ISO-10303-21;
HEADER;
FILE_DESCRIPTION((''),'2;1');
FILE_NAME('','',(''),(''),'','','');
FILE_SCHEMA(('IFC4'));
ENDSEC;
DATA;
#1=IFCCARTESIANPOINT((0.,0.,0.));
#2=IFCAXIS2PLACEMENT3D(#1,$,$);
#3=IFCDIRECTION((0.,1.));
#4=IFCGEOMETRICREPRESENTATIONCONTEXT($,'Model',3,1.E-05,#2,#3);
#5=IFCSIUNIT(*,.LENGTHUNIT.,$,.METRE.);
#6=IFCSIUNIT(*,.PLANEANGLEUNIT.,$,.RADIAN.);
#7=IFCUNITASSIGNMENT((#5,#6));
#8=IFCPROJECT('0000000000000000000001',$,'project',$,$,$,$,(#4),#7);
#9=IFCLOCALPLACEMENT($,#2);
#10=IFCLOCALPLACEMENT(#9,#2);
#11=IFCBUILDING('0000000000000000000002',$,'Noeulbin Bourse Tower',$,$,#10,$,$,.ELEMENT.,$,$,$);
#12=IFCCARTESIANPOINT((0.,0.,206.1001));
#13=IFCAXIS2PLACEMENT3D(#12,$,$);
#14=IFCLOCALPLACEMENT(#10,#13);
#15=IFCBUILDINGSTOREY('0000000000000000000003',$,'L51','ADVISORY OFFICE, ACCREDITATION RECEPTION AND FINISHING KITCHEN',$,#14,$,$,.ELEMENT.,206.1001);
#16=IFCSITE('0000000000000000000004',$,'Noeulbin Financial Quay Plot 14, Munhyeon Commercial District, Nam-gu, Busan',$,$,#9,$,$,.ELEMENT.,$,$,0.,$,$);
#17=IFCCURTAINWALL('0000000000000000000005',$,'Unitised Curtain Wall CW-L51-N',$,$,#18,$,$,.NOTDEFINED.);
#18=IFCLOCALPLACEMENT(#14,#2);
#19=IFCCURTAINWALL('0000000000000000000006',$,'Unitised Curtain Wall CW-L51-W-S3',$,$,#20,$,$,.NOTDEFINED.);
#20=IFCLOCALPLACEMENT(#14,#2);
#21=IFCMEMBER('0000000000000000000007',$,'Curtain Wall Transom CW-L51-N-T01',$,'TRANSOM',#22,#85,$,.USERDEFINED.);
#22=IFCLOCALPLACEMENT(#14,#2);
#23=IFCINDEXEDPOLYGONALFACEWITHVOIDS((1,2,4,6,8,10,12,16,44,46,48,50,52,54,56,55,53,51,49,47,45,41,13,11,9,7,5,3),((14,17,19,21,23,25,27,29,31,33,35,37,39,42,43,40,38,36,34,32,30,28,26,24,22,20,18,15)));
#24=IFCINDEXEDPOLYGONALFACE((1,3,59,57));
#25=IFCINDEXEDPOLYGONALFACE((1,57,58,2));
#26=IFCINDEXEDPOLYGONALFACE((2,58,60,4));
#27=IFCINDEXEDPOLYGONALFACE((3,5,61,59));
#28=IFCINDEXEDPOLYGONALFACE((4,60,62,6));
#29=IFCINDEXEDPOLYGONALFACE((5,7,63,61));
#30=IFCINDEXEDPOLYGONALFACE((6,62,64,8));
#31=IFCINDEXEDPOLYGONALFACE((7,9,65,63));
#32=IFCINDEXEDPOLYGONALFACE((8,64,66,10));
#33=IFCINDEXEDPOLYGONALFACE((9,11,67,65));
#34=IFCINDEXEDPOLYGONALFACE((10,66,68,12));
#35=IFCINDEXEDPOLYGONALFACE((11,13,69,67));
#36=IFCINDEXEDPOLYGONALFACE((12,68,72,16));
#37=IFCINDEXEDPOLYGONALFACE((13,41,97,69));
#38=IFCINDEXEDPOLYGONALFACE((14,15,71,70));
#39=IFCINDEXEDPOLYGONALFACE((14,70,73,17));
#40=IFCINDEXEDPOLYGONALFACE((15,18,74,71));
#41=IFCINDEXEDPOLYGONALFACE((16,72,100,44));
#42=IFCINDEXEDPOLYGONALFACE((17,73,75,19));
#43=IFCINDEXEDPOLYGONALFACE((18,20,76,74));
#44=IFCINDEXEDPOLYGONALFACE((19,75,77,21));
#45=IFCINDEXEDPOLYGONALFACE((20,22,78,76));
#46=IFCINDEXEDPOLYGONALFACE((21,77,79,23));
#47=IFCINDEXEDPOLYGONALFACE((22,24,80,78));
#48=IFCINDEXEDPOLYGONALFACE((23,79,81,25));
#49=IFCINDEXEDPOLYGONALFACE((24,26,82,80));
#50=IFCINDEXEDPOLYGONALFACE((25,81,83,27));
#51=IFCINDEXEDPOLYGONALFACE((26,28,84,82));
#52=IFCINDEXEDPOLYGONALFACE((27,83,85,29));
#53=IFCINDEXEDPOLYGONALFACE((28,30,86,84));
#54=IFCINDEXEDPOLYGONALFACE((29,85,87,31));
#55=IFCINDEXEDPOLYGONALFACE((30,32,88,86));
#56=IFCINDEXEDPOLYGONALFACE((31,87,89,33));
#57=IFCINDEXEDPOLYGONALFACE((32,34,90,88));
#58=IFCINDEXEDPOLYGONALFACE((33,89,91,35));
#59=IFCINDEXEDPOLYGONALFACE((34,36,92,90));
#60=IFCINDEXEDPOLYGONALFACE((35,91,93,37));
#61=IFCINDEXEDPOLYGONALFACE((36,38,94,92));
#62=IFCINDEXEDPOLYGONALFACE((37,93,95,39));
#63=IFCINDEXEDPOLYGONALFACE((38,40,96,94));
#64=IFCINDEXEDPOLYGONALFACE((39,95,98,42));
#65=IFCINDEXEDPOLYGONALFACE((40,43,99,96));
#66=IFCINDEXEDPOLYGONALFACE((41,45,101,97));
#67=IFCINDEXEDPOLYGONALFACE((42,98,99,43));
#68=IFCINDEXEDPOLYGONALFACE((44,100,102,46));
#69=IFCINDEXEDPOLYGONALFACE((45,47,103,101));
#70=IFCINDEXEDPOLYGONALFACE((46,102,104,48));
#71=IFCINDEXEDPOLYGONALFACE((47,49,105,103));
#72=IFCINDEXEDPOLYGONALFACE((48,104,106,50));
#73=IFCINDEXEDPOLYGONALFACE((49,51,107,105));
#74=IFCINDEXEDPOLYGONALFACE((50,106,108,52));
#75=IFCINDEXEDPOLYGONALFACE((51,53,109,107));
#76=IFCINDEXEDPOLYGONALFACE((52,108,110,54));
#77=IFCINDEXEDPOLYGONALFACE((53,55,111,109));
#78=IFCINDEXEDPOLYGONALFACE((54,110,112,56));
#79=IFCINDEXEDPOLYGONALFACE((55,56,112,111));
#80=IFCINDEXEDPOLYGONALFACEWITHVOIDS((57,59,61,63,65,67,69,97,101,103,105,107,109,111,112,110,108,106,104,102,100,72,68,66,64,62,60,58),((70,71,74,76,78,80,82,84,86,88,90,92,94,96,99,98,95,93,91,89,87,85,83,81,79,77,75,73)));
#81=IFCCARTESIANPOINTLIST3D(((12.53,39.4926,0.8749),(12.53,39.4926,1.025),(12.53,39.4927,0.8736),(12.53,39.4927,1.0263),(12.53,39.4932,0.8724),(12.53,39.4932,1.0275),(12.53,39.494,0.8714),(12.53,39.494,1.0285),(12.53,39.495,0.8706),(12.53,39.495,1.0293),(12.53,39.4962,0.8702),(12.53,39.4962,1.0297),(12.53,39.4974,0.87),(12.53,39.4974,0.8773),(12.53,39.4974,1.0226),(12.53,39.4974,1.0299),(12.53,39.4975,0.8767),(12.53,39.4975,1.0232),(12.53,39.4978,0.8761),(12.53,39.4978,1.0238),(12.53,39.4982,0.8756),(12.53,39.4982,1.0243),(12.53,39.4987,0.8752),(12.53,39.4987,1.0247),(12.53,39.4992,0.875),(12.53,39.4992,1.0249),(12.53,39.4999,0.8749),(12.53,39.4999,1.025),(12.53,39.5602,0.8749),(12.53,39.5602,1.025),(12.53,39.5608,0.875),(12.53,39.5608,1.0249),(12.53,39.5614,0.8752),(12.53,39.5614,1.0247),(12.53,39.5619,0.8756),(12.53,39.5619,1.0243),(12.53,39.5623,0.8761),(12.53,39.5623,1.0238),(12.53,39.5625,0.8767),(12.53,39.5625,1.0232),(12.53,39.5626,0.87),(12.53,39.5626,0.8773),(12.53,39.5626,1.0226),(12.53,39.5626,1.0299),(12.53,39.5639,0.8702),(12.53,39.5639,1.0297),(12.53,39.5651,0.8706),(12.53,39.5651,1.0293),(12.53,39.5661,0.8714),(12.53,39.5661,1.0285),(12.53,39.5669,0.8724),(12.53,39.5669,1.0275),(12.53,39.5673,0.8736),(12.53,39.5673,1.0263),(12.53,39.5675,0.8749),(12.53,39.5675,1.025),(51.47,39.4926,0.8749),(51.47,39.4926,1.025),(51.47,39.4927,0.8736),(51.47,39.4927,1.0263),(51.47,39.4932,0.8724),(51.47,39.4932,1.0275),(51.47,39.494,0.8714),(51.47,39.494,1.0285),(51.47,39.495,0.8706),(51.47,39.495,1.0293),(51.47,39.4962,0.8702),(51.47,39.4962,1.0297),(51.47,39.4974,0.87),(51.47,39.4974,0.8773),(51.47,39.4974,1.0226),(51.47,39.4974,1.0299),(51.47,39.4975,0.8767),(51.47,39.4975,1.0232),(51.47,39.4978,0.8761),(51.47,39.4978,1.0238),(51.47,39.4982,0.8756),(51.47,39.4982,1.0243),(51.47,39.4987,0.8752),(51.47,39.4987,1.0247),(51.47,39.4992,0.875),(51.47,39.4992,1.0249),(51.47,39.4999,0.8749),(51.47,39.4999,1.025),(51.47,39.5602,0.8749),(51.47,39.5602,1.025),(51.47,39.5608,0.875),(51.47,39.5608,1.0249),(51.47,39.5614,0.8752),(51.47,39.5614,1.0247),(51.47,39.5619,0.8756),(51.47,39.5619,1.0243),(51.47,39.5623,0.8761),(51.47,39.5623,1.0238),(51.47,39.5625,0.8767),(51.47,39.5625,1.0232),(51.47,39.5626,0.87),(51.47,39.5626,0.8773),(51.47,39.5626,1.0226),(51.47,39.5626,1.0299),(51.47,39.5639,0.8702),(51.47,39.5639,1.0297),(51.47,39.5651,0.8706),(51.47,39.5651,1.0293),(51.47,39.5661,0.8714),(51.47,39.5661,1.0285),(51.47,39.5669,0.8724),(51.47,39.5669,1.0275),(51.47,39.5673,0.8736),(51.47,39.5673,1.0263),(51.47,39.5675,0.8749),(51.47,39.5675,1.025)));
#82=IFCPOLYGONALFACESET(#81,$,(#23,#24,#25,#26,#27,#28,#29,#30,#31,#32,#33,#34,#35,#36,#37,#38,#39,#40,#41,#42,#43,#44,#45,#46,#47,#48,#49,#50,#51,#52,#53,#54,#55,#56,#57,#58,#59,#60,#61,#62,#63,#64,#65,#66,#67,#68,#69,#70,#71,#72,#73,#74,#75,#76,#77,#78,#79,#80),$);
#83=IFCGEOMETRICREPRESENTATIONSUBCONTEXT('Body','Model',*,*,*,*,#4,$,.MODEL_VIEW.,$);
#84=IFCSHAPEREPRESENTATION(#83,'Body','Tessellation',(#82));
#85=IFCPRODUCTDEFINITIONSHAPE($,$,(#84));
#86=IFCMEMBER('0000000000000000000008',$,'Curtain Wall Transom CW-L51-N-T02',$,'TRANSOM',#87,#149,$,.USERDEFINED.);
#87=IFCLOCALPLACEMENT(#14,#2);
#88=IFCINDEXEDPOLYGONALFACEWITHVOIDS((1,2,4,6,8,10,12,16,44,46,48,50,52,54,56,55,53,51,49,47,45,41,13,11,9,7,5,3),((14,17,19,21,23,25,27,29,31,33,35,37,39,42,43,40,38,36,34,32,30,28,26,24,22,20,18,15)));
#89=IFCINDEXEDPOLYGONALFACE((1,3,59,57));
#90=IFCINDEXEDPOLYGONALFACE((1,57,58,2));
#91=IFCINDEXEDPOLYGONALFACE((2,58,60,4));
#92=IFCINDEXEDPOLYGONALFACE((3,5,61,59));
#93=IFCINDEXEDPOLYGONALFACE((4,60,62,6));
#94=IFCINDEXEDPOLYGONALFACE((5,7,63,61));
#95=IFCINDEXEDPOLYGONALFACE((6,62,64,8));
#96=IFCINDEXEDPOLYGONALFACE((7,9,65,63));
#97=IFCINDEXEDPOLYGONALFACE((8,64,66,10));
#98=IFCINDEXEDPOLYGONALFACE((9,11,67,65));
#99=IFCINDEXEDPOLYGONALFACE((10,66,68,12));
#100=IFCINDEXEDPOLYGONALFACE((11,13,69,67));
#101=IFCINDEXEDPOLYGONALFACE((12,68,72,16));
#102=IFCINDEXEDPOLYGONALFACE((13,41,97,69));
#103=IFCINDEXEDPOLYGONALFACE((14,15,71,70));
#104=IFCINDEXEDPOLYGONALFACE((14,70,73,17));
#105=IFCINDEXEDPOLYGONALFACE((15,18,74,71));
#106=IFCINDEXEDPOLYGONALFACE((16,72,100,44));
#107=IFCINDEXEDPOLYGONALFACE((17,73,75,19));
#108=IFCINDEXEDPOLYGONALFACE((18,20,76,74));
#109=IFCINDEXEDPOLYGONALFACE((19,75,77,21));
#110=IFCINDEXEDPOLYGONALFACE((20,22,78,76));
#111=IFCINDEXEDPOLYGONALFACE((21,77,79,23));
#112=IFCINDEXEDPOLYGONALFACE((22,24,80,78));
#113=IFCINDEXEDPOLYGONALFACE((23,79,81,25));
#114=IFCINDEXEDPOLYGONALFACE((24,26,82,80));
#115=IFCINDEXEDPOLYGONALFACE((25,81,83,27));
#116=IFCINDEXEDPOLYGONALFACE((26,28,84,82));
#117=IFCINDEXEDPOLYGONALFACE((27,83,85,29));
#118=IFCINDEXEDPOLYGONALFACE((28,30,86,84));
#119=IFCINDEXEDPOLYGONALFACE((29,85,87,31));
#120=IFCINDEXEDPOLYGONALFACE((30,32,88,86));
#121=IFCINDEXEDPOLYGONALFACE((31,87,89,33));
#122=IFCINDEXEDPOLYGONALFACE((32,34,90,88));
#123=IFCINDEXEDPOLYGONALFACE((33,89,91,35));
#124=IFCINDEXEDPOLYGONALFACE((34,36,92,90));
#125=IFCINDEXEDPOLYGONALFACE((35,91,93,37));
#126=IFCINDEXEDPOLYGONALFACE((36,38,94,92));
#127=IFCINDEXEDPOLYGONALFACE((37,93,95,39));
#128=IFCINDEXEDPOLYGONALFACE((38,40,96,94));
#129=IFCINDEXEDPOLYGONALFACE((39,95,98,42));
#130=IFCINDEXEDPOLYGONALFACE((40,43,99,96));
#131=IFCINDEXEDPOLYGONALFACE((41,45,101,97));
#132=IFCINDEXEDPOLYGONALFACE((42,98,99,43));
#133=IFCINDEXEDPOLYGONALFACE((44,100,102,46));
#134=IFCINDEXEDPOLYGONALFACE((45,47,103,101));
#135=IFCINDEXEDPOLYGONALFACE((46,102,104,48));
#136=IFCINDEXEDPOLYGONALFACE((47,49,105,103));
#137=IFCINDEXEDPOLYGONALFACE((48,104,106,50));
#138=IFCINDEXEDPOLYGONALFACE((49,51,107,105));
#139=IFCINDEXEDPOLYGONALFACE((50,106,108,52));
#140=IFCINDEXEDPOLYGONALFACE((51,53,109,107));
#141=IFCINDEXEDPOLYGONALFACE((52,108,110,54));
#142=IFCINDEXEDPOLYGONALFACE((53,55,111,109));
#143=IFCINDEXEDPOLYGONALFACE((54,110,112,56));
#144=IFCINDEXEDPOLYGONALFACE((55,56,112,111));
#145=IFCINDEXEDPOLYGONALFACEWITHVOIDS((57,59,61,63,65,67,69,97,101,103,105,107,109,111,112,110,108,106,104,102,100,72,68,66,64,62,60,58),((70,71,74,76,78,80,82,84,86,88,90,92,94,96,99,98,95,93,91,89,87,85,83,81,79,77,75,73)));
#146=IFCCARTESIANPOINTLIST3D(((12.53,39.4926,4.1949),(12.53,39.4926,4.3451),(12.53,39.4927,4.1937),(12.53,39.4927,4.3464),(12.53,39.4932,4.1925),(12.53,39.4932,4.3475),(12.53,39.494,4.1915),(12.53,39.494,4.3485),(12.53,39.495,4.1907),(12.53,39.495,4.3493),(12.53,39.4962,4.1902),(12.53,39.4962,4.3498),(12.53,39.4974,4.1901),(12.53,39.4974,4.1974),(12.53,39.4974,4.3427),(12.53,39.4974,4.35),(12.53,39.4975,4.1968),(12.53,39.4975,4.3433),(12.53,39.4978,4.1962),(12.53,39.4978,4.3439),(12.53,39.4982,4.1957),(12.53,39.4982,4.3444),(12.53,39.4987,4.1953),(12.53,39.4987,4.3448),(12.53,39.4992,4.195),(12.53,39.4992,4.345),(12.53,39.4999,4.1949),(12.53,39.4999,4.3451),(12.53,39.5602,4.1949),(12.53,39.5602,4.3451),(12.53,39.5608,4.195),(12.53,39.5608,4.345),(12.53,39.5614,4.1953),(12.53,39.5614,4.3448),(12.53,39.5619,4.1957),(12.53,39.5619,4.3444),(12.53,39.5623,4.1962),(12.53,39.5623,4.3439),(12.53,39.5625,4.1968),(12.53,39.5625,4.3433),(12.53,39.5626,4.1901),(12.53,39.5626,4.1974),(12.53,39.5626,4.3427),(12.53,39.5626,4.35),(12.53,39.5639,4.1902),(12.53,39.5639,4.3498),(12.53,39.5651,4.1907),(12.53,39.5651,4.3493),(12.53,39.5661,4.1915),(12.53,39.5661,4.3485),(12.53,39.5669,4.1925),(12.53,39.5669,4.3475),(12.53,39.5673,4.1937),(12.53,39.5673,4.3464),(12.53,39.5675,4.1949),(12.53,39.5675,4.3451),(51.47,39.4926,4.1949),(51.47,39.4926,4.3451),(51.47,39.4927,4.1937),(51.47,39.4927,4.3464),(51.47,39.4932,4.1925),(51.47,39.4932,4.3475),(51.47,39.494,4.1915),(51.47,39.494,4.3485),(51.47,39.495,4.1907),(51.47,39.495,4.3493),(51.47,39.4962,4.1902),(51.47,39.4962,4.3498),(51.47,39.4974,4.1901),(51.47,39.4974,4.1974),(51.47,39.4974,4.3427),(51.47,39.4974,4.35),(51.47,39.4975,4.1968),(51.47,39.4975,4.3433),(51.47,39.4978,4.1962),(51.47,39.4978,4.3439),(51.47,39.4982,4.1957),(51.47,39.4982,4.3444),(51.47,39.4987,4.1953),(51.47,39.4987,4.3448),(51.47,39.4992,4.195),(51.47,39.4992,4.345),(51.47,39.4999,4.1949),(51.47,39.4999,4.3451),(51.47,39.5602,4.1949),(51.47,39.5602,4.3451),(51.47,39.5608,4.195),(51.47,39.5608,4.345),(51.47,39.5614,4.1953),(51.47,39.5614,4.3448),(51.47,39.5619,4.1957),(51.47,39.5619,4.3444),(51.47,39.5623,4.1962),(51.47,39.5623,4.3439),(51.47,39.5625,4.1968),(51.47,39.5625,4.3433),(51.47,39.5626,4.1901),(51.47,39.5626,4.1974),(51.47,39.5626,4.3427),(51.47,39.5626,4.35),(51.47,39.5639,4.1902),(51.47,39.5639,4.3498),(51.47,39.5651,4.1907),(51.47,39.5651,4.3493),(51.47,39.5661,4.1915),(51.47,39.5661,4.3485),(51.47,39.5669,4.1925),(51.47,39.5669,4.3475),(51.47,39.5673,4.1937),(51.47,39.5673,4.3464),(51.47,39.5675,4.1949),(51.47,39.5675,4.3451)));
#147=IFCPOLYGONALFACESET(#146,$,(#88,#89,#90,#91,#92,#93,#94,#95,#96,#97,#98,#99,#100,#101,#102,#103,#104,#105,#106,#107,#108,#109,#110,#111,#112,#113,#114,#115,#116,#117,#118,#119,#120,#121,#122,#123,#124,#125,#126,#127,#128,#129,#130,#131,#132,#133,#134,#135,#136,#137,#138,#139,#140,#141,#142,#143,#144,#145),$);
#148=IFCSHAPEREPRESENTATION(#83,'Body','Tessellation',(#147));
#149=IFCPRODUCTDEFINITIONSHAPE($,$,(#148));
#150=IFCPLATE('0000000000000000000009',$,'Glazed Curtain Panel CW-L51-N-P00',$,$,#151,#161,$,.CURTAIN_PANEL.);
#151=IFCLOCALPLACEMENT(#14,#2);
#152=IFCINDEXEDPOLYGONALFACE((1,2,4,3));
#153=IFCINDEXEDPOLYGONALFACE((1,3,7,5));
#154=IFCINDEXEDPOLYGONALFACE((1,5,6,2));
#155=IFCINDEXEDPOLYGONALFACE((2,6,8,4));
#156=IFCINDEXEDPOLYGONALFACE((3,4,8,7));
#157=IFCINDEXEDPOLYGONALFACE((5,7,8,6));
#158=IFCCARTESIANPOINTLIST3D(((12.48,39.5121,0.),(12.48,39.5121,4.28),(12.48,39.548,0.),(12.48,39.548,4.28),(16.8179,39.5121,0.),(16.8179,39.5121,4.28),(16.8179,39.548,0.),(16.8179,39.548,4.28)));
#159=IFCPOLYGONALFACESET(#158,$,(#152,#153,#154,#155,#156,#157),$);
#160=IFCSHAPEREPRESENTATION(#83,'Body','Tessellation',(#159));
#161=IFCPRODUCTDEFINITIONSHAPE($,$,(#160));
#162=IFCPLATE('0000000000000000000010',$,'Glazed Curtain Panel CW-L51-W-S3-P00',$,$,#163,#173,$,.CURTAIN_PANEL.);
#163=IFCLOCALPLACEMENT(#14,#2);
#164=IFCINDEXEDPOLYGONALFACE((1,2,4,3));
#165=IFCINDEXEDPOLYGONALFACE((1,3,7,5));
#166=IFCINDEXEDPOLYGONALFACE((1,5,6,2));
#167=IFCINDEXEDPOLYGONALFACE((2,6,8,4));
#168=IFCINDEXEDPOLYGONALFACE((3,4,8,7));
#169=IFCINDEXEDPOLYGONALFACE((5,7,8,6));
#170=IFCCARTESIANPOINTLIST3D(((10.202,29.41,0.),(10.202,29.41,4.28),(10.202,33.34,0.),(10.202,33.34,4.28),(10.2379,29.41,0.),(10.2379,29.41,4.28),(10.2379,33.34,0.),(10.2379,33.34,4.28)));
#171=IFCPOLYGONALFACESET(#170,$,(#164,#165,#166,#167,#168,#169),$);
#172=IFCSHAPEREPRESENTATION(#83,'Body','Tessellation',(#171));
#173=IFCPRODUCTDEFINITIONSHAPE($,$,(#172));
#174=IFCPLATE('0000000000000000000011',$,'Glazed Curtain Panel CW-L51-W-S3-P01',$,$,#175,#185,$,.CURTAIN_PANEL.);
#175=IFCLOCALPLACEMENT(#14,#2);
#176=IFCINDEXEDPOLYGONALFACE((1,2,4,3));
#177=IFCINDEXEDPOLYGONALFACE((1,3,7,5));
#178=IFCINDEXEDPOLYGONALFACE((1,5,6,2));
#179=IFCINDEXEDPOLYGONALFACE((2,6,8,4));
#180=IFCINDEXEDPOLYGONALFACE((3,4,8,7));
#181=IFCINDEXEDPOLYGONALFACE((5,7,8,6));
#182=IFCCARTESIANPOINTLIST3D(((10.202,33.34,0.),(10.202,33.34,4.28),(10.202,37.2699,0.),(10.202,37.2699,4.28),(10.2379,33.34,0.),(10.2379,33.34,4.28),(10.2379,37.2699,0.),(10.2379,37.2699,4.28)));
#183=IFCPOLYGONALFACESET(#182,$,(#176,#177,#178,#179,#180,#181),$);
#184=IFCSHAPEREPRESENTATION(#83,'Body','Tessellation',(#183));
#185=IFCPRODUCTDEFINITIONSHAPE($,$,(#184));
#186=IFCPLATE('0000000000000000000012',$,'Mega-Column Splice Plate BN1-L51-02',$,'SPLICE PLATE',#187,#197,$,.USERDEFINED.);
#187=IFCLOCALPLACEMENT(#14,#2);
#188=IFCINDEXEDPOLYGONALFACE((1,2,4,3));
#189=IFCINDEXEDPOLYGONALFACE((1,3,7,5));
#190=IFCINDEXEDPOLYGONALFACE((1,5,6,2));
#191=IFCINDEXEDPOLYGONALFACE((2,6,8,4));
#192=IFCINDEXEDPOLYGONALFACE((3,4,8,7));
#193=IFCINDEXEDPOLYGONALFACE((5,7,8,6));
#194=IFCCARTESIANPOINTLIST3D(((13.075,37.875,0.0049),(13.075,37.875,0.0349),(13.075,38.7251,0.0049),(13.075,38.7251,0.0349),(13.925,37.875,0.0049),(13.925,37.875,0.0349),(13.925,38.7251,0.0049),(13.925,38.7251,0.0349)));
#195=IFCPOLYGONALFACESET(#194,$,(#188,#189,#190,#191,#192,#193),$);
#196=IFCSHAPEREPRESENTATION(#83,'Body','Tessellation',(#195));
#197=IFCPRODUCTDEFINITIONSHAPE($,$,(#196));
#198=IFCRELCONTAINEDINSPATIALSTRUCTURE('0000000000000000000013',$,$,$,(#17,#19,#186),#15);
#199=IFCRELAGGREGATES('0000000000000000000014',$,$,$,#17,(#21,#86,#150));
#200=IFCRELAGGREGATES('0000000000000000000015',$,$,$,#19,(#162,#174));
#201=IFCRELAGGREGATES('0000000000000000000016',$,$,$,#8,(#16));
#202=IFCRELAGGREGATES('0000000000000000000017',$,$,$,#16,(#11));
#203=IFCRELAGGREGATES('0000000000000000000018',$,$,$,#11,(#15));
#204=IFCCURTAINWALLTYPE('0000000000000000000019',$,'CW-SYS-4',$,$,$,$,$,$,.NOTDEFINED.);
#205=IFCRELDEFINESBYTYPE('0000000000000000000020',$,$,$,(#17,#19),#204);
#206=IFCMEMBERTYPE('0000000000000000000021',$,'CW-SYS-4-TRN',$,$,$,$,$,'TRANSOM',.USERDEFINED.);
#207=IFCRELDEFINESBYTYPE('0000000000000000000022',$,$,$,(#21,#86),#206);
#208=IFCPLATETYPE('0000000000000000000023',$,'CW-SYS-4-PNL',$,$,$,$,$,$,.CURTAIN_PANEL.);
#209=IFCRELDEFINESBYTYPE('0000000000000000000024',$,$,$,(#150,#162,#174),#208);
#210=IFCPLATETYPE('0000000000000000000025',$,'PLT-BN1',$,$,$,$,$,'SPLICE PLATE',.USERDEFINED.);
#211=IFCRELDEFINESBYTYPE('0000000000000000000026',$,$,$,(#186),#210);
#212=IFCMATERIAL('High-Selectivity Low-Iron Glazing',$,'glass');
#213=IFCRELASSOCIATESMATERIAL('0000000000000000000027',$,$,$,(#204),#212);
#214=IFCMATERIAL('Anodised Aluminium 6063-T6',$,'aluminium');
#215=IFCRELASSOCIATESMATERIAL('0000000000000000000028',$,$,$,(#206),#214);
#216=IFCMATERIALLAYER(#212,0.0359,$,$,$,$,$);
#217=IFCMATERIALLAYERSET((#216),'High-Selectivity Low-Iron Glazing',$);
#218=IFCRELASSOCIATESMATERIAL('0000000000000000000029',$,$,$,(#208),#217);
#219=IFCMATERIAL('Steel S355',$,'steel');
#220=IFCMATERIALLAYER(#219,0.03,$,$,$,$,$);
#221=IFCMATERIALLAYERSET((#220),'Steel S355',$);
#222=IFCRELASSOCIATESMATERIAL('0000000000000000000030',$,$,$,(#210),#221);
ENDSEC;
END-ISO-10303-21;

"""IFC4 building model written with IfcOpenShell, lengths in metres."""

from ifc_helpers import new_model, si_unit, direction, frame, origin, origin_2d, place, context, subcontext, project, spatial, rectangle, hollow_rectangle, extrude, material, layer, layer_set, material_profile, profile_set, type_object, element, aggregate, save


model = new_model("IFC4")

# Units and contexts
model_context = context("Model", 3, precision=1e-05, world=origin(), true_north=direction((0.0, 1.0)))
body_context = subcontext(model_context, "Body", "Model", "MODEL_VIEW")
ifc_project = project(units=[si_unit("LENGTHUNIT", "METRE"), si_unit("PLANEANGLEUNIT", "RADIAN")], contexts=[model_context])

# Site, building, storey
site_placement = place(None, origin())
site = spatial("IfcSite", under=ifc_project, at=site_placement, Name="Noeulbin Financial Quay Plot 14, Munhyeon Commercial District, Nam-gu, Busan", CompositionType="ELEMENT", RefElevation=0.0)
building_placement = place(site_placement, origin())
building = spatial("IfcBuilding", under=site, at=building_placement, Name="Noeulbin Bourse Tower", CompositionType="ELEMENT")
storey_placement = place(building_placement, frame((0.0, 0.0, 206.1001)))
storey = spatial("IfcBuildingStorey", under=building, at=storey_placement, Name="L51", Description="ADVISORY OFFICE, ACCREDITATION RECEPTION AND FINISHING KITCHEN", CompositionType="ELEMENT", Elevation=206.1001)

# Shared definitions
ifc_material_1 = material(Name="Steel S355", Category="steel")

# Curtain wall
ifc_material_2 = material(Name="High-Selectivity Low-Iron Glazing", Category="glass")
curtain_wall_type = type_object("IfcCurtainWallType", Name="CW-SYS-4", PredefinedType="NOTDEFINED", material=ifc_material_2)
curtain_wall_1_placement = place(storey_placement, origin())
curtain_wall_1 = element("IfcCurtainWall", 1, at=curtain_wall_1_placement, inside=storey, type_object=curtain_wall_type, Name="Unitised Curtain Wall CW-L51-N", PredefinedType="NOTDEFINED")
ifc_material_3 = material(Name="Anodised Aluminium 6063-T6", Category="aluminium")

# Curtain wall
curtain_wall_2_placement = place(storey_placement, origin())
curtain_wall_2 = element("IfcCurtainWall", 2, at=curtain_wall_2_placement, inside=storey, type_object=curtain_wall_type, Name="Unitised Curtain Wall CW-L51-W-S3", PredefinedType="NOTDEFINED")

# Members
ifc_material_profile_1 = material_profile(ifc_material_3, hollow_rectangle(XDim=0.075, YDim=0.1599, WallThickness=0.0049, InnerFilletRadius=0.0024, OuterFilletRadius=0.0049, at=origin_2d()), Name="ALU-TRAN-75x160x5", Category="LoadBearing")
ifc_profile_set_1 = profile_set([ifc_material_profile_1], Name="Anodised Aluminium 6063-T6")
member_type_1 = type_object("IfcMemberType", Name="CW-SYS-4-TRN", ElementType="TRANSOM", PredefinedType="USERDEFINED", material=ifc_profile_set_1)
member_1_placement = place(storey_placement, frame((12.53, 39.53, 0.95), z_axis=(1.0, 0.0, 0.0), x_axis=(0.0, 1.0, 0.0)))
member_1 = element("IfcMember", 3, at=member_1_placement, type_object=member_type_1, Name="Curtain Wall Transom CW-L51-N-T01", ObjectType="TRANSOM", PredefinedType="USERDEFINED", context=body_context, shape_type="SweptSolid", body=[
    extrude(hollow_rectangle(XDim=0.075, YDim=0.1599, WallThickness=0.0049, InnerFilletRadius=0.0024, OuterFilletRadius=0.0049, at=origin_2d()), origin(), (0.0, 0.0, 1.0), 38.9399),
])
member_2_placement = place(storey_placement, frame((12.53, 39.53, 4.27), z_axis=(1.0, 0.0, 0.0), x_axis=(0.0, 1.0, 0.0)))
member_2 = element("IfcMember", 4, at=member_2_placement, type_object=member_type_1, Name="Curtain Wall Transom CW-L51-N-T02", ObjectType="TRANSOM", PredefinedType="USERDEFINED", context=body_context, shape_type="SweptSolid", body=[
    extrude(hollow_rectangle(XDim=0.075, YDim=0.1599, WallThickness=0.0049, InnerFilletRadius=0.0024, OuterFilletRadius=0.0049, at=origin_2d()), origin(), (0.0, 0.0, 1.0), 38.9399),
])

# Plates
ifc_layer_1 = layer(ifc_material_2, 0.0359)
ifc_layer_set_1 = layer_set([ifc_layer_1], Name="High-Selectivity Low-Iron Glazing")
plate_type_1 = type_object("IfcPlateType", Name="CW-SYS-4-PNL", PredefinedType="CURTAIN_PANEL", material=ifc_layer_set_1)
plate_1_placement = place(storey_placement, frame((14.6489, 39.53, 0.0), z_axis=(0.0, 0.0, 1.0), x_axis=(1.0, 0.0, 0.0)))
plate_1 = element("IfcPlate", 5, at=plate_1_placement, type_object=plate_type_1, Name="Glazed Curtain Panel CW-L51-N-P00", PredefinedType="CURTAIN_PANEL", context=body_context, shape_type="SweptSolid", body=[
    extrude(rectangle(XDim=4.3379, YDim=0.0359, at=origin_2d()), origin(), (0.0, 0.0, 1.0), 4.28),
])
aggregate(curtain_wall_1, [member_1, member_2, plate_1])
plate_2_placement = place(storey_placement, frame((10.22, 31.375, 0.0), z_axis=(0.0, 0.0, 1.0), x_axis=(0.0, 1.0, 0.0)))
plate_2 = element("IfcPlate", 6, at=plate_2_placement, type_object=plate_type_1, Name="Glazed Curtain Panel CW-L51-W-S3-P00", PredefinedType="CURTAIN_PANEL", context=body_context, shape_type="SweptSolid", body=[
    extrude(rectangle(XDim=3.9299, YDim=0.0359, at=origin_2d()), origin(), (0.0, 0.0, 1.0), 4.28),
])
plate_3_placement = place(storey_placement, frame((10.22, 35.3049, 0.0), z_axis=(0.0, 0.0, 1.0), x_axis=(0.0, 1.0, 0.0)))
plate_3 = element("IfcPlate", 7, at=plate_3_placement, type_object=plate_type_1, Name="Glazed Curtain Panel CW-L51-W-S3-P01", PredefinedType="CURTAIN_PANEL", context=body_context, shape_type="SweptSolid", body=[
    extrude(rectangle(XDim=3.9299, YDim=0.0359, at=origin_2d()), origin(), (0.0, 0.0, 1.0), 4.28),
])
aggregate(curtain_wall_2, [plate_2, plate_3])
ifc_layer_2 = layer(ifc_material_1, 0.03)
ifc_layer_set_2 = layer_set([ifc_layer_2], Name="Steel S355")
plate_type_2 = type_object("IfcPlateType", Name="PLT-BN1", ElementType="SPLICE PLATE", PredefinedType="USERDEFINED", material=ifc_layer_set_2)
plate_4_placement = place(storey_placement, frame((13.5, 38.3, 0.0049), z_axis=(0.0, 0.0, 1.0), x_axis=(1.0, 0.0, 0.0)))
element("IfcPlate", 8, at=plate_4_placement, inside=storey, type_object=plate_type_2, Name="Mega-Column Splice Plate BN1-L51-02", ObjectType="SPLICE PLATE", PredefinedType="USERDEFINED", context=body_context, shape_type="SweptSolid", body=[
    extrude(rectangle(XDim=0.8501, YDim=0.8501, at=origin_2d()), origin(), (0.0, 0.0, 1.0), 0.03),
])

save(model, "model.ifc")
